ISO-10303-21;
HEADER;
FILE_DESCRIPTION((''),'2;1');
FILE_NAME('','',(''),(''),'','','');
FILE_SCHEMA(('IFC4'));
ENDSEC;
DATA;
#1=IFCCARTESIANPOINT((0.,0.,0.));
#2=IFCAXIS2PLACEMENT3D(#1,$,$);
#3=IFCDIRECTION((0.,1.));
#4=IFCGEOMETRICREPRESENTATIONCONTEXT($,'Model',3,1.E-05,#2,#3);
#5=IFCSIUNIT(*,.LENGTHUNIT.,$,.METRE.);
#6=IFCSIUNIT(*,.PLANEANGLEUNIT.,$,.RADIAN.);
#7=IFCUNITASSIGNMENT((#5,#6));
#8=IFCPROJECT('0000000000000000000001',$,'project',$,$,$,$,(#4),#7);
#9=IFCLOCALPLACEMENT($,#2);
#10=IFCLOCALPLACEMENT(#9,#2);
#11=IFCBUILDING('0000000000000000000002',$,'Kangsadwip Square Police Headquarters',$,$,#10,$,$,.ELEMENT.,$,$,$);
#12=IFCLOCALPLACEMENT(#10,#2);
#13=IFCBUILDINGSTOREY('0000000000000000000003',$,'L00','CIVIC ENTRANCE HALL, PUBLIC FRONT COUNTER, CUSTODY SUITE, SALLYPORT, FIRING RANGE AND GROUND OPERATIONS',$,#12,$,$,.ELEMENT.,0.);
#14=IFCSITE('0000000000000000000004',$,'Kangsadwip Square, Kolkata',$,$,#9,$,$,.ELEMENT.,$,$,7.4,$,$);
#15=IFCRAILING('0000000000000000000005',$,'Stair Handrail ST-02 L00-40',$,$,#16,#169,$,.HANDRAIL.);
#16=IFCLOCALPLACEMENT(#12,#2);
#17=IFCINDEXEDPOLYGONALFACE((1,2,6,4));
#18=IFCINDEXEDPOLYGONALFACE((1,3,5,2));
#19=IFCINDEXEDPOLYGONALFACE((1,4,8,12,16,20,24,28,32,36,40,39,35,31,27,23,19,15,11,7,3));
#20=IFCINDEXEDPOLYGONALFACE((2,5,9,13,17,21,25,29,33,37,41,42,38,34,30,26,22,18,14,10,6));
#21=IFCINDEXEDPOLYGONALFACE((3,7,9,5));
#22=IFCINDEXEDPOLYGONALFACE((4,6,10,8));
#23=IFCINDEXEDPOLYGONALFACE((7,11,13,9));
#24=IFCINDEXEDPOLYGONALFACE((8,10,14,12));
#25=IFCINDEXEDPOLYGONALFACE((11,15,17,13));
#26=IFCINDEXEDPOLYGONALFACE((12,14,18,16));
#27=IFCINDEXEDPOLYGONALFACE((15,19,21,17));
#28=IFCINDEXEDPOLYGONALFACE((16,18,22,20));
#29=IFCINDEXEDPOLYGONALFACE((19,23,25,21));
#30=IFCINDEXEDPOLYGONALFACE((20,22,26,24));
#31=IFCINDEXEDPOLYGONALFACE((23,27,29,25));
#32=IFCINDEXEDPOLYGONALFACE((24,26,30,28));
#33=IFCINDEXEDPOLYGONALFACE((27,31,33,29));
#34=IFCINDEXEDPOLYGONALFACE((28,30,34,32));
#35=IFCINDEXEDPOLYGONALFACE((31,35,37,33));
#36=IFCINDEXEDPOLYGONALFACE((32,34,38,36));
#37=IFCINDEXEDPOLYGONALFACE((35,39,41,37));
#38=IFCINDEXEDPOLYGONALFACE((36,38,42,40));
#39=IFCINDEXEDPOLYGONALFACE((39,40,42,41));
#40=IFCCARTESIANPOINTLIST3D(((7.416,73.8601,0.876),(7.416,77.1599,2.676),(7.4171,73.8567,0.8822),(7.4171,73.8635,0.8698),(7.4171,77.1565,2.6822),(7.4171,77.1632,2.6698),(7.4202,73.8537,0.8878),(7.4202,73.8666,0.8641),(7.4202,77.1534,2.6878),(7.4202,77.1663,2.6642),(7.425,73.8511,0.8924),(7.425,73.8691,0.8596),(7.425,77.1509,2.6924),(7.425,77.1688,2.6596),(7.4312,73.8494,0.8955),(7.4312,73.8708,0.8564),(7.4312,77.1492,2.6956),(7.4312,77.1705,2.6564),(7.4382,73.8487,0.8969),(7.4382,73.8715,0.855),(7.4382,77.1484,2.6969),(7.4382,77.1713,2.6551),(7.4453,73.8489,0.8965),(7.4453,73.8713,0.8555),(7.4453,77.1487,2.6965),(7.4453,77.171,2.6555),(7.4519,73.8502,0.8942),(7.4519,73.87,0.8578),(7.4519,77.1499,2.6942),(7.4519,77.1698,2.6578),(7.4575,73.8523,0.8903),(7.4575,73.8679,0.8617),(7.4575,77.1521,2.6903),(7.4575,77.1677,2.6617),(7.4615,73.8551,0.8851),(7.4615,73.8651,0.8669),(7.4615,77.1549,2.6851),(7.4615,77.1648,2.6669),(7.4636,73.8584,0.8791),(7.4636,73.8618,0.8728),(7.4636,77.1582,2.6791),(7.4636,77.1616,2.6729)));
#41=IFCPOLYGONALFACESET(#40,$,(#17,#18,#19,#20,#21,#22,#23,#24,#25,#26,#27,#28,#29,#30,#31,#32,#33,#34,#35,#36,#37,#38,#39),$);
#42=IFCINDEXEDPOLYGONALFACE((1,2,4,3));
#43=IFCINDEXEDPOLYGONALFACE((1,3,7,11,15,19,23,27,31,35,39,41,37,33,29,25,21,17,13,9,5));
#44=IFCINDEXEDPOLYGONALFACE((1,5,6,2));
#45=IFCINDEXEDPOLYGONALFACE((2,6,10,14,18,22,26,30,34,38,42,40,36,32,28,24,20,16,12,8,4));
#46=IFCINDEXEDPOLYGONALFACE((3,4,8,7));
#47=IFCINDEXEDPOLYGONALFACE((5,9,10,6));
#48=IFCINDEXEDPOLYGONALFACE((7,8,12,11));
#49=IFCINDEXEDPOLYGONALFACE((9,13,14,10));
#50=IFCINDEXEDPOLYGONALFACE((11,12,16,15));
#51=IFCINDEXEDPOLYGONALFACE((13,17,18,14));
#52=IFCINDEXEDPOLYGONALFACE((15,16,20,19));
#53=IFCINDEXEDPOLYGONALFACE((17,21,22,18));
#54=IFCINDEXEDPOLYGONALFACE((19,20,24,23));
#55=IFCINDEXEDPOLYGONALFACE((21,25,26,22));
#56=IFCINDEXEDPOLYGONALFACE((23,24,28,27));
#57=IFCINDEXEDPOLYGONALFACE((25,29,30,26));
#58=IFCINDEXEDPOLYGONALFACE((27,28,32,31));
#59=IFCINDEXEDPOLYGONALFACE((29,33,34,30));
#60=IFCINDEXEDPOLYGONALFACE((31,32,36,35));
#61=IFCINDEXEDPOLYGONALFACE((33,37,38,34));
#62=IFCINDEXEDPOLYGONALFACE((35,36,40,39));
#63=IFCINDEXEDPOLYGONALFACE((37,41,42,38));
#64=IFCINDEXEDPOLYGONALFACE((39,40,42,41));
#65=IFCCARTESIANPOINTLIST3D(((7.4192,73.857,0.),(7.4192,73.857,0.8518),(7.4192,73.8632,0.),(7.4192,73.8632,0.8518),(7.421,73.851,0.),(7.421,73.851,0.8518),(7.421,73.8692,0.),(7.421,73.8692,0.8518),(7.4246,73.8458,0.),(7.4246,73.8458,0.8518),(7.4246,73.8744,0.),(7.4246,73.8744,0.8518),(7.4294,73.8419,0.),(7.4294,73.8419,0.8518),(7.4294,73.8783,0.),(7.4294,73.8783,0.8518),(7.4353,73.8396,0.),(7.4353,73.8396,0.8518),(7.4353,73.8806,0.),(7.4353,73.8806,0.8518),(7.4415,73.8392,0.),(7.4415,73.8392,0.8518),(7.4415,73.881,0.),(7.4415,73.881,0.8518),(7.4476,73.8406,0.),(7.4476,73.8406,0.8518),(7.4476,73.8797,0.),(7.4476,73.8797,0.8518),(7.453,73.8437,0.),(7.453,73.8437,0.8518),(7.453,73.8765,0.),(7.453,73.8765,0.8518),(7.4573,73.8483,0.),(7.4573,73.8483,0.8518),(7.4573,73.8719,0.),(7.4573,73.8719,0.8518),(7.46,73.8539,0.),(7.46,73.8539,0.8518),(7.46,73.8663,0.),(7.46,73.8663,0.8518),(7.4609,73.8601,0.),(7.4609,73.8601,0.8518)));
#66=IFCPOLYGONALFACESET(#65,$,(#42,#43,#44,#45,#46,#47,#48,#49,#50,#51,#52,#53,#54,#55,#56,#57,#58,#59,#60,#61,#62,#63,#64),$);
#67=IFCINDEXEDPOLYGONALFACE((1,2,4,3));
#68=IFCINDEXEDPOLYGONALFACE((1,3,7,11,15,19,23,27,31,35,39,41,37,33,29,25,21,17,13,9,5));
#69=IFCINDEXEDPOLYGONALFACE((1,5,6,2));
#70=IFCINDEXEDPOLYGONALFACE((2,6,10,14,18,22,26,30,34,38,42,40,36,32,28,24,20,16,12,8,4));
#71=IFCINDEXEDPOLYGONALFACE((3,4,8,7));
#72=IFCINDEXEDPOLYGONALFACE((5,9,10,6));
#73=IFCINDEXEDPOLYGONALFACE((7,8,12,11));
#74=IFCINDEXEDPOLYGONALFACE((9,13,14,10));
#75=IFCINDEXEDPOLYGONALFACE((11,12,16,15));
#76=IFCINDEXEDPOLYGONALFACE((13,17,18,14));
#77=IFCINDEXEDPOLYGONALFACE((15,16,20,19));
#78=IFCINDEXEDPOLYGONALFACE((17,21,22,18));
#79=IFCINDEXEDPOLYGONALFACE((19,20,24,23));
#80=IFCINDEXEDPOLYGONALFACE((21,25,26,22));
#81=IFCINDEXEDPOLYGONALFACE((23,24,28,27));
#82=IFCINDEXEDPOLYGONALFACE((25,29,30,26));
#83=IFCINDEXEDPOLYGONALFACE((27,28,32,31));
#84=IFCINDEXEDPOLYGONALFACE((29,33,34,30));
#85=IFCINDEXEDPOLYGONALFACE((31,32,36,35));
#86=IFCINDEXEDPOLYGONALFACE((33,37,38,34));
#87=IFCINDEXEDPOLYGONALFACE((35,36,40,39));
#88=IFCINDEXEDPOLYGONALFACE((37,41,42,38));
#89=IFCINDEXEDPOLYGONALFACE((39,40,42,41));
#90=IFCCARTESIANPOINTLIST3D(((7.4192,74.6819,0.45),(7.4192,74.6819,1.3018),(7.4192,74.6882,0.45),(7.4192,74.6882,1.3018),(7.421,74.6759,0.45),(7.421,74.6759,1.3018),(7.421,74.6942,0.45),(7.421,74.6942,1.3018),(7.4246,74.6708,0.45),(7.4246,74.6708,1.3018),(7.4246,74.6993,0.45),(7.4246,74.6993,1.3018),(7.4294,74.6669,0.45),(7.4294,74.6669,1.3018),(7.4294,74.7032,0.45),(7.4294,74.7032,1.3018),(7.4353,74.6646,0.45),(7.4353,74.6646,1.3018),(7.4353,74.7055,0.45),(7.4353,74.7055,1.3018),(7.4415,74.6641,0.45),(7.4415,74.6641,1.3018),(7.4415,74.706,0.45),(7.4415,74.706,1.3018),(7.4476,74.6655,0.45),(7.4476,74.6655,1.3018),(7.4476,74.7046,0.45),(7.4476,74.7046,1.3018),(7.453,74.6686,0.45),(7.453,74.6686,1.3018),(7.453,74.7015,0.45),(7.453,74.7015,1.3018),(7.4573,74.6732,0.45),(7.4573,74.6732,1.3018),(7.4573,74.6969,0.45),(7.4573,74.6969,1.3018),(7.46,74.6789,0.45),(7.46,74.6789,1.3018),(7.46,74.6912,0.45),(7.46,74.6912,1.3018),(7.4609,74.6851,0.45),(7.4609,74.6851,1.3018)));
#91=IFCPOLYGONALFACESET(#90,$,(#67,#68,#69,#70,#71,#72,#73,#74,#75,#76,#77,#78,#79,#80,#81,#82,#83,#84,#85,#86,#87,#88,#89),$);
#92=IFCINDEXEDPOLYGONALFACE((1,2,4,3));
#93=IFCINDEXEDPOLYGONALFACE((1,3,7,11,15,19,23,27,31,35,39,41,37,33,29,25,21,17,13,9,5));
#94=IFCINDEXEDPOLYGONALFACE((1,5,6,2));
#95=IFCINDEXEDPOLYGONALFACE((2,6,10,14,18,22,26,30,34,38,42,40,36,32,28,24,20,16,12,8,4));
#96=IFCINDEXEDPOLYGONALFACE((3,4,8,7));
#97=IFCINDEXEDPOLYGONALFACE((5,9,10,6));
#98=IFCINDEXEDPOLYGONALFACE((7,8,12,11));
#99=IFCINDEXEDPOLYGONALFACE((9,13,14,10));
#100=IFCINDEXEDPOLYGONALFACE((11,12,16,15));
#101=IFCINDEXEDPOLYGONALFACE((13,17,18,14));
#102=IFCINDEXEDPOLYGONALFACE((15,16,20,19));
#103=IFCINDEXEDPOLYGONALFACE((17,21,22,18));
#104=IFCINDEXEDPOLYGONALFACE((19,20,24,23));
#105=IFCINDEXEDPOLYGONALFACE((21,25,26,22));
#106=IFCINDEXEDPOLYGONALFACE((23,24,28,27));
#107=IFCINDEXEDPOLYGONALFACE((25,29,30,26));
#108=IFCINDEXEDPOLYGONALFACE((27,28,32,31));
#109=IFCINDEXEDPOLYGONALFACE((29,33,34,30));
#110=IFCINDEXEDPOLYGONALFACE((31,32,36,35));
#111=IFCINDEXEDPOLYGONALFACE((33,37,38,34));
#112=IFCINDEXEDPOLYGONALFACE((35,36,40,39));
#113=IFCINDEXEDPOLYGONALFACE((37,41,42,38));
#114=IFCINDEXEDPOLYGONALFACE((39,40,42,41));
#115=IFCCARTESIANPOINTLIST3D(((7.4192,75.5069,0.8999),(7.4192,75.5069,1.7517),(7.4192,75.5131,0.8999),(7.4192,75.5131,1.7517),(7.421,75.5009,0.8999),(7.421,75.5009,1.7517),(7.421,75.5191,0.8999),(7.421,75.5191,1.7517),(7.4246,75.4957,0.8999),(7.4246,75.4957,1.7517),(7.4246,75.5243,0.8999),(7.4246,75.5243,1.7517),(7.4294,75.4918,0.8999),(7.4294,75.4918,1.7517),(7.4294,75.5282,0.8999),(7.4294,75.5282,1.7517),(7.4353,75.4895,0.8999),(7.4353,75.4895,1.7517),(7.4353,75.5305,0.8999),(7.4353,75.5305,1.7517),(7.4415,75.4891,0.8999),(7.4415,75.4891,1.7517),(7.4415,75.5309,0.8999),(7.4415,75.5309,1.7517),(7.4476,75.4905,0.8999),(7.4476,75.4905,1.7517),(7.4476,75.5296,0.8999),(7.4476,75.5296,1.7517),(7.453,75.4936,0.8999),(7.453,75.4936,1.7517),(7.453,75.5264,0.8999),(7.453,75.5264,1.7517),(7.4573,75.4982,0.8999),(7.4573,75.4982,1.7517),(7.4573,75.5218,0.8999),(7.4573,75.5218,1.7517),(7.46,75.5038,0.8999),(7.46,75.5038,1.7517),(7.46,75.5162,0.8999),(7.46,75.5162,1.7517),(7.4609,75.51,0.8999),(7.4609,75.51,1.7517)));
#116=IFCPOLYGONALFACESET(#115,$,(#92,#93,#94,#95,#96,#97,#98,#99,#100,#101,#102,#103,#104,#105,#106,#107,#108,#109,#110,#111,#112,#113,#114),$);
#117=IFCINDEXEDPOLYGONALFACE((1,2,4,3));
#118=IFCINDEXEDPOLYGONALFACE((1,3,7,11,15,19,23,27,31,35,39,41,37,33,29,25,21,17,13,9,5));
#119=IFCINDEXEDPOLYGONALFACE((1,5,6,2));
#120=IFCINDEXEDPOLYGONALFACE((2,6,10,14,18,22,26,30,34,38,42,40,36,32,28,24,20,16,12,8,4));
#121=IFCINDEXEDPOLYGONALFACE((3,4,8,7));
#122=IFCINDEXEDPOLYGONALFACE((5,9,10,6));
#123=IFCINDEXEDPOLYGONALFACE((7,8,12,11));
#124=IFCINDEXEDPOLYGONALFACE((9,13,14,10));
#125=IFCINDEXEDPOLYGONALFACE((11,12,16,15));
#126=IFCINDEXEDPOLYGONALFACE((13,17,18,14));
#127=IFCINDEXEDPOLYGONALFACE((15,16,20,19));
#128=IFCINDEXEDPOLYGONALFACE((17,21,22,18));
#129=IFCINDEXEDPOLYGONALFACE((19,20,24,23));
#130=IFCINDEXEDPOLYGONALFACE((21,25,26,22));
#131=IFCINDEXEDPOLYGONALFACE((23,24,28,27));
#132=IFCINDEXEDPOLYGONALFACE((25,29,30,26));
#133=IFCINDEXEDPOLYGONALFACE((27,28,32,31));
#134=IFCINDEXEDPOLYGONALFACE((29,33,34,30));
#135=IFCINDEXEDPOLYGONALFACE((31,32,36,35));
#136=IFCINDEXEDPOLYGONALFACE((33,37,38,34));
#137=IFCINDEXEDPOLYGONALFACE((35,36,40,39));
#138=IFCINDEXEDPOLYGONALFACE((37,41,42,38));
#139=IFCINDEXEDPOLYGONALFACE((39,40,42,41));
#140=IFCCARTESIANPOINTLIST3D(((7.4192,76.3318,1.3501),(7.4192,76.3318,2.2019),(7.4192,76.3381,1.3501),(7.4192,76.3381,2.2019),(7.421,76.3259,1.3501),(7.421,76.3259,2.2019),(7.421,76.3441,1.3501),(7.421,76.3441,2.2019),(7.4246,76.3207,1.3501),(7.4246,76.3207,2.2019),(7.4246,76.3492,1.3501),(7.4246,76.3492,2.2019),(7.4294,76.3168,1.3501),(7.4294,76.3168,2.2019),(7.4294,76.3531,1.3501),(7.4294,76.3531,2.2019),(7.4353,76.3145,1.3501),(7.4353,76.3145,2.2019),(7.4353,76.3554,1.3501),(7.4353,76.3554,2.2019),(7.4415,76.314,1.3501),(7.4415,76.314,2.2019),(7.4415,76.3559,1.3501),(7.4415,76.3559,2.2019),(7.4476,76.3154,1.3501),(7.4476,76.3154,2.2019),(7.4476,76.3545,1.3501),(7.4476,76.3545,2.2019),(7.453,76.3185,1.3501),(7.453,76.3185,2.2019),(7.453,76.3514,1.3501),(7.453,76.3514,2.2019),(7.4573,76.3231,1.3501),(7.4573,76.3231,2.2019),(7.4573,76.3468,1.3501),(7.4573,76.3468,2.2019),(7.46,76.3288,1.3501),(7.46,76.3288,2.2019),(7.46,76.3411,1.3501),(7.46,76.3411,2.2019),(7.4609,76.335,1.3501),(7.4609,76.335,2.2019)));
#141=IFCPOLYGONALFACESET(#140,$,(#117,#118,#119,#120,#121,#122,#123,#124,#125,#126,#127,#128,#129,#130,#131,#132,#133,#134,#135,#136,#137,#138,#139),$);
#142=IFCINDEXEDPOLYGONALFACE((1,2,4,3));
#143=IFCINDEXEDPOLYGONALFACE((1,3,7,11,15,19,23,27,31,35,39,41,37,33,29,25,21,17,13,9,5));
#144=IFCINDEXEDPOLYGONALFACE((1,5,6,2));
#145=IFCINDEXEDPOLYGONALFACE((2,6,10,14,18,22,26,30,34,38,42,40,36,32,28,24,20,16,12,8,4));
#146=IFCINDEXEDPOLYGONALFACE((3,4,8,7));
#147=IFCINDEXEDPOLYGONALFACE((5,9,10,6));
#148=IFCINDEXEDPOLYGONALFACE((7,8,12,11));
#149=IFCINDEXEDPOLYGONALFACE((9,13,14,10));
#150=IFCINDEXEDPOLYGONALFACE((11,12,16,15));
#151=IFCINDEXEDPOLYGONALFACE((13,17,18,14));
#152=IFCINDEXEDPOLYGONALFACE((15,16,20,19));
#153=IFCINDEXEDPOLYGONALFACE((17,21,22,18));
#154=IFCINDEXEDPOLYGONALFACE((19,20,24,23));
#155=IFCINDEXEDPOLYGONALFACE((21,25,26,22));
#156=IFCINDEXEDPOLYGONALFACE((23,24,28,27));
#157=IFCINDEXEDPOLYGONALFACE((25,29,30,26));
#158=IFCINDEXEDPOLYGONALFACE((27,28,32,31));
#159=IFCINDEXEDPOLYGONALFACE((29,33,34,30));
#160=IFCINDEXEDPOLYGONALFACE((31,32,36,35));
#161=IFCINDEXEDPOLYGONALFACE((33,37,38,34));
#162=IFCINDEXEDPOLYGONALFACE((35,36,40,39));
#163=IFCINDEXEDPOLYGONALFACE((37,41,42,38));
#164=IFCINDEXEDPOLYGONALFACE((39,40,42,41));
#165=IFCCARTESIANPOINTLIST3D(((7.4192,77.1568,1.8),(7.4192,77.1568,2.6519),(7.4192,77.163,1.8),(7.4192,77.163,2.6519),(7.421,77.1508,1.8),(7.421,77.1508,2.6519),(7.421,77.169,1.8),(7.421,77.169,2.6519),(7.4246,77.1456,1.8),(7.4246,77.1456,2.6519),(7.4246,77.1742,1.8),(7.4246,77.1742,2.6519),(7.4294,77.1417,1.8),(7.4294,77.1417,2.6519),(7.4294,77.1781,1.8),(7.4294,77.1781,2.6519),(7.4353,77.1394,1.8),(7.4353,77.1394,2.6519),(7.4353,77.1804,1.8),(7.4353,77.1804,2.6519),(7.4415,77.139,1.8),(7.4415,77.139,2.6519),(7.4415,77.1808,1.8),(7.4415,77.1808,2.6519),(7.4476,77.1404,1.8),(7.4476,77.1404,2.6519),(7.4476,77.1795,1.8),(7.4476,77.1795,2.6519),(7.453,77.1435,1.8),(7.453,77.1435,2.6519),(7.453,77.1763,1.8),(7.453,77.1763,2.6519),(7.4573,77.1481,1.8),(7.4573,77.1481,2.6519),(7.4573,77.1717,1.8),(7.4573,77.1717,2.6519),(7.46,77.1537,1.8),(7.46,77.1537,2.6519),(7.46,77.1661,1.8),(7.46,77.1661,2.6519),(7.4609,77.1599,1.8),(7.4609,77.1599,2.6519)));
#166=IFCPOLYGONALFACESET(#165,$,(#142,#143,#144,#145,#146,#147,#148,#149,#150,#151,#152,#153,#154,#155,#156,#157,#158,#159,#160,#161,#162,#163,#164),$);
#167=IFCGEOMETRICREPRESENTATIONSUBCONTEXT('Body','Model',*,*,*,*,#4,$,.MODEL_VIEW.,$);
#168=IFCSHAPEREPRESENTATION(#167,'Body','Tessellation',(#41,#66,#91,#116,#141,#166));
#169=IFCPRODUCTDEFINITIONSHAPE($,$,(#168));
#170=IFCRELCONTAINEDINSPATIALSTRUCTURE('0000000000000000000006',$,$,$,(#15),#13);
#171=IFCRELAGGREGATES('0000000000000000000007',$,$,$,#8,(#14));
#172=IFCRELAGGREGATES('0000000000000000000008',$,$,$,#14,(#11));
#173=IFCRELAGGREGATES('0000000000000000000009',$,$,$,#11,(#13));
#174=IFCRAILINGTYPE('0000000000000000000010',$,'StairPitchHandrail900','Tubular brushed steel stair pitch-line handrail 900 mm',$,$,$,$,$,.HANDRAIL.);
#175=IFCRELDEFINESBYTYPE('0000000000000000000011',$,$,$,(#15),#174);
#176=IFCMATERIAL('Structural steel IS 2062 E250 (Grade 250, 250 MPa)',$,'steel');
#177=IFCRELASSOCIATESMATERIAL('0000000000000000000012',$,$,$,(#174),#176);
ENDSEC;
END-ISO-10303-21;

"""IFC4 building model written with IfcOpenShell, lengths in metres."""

from ifc_helpers import new_model, si_unit, direction, frame, origin, origin_2d, place, context, subcontext, project, spatial, circle, extrude, material, type_object, element, save


model = new_model("IFC4")

# Units and contexts
model_context = context("Model", 3, precision=1e-05, world=origin(), true_north=direction((0.0, 1.0)))
body_context = subcontext(model_context, "Body", "Model", "MODEL_VIEW")
ifc_project = project(units=[si_unit("LENGTHUNIT", "METRE"), si_unit("PLANEANGLEUNIT", "RADIAN")], contexts=[model_context])

# Site, building, storey
site_placement = place(None, origin())
site = spatial("IfcSite", under=ifc_project, at=site_placement, Name="Kangsadwip Square, Kolkata", CompositionType="ELEMENT", RefElevation=7.4)
building_placement = place(site_placement, origin())
building = spatial("IfcBuilding", under=site, at=building_placement, Name="Kangsadwip Square Police Headquarters", CompositionType="ELEMENT")
storey_placement = place(building_placement, origin())
storey = spatial("IfcBuildingStorey", under=building, at=storey_placement, Name="L00", Description="CIVIC ENTRANCE HALL, PUBLIC FRONT COUNTER, CUSTODY SUITE, SALLYPORT, FIRING RANGE AND GROUND OPERATIONS", CompositionType="ELEMENT", Elevation=0.0)

# Railing
ifc_material_1 = material(Name="Structural steel IS 2062 E250 (Grade 250, 250 MPa)", Category="steel")
railing_type_1 = type_object("IfcRailingType", Name="StairPitchHandrail900", Description="Tubular brushed steel stair pitch-line handrail 900 mm", PredefinedType="HANDRAIL", material=ifc_material_1)
railing_1_placement = place(storey_placement, frame((7.4399, 73.8601, 0.0)))
element("IfcRailing", 1, at=railing_1_placement, inside=storey, type_object=railing_type_1, Name="Stair Handrail ST-02 L00-40", PredefinedType="HANDRAIL", context=body_context, shape_type="SweptSolid", body=[
    extrude(circle(Radius=0.0239, at=origin_2d()), frame((0.0, 0.0, 0.876), z_axis=(0.0, 0.877878, 0.478884), x_axis=(-1.0, 0.0, 0.0)), (0.0, 0.0, 1.0), 3.7588),
    extrude(circle(Radius=0.021, at=origin_2d()), origin(), (0.0, 0.0, 1.0), 0.8518),
    extrude(circle(Radius=0.021, at=origin_2d()), frame((0.0, 0.825, 0.45)), (0.0, 0.0, 1.0), 0.8518),
    extrude(circle(Radius=0.021, at=origin_2d()), frame((0.0, 1.6499, 0.8999)), (0.0, 0.0, 1.0), 0.8518),
    extrude(circle(Radius=0.021, at=origin_2d()), frame((0.0, 2.4749, 1.3501)), (0.0, 0.0, 1.0), 0.8518),
    extrude(circle(Radius=0.021, at=origin_2d()), frame((0.0, 3.2998, 1.8)), (0.0, 0.0, 1.0), 0.8518),
])

save(model, "model.ifc")
